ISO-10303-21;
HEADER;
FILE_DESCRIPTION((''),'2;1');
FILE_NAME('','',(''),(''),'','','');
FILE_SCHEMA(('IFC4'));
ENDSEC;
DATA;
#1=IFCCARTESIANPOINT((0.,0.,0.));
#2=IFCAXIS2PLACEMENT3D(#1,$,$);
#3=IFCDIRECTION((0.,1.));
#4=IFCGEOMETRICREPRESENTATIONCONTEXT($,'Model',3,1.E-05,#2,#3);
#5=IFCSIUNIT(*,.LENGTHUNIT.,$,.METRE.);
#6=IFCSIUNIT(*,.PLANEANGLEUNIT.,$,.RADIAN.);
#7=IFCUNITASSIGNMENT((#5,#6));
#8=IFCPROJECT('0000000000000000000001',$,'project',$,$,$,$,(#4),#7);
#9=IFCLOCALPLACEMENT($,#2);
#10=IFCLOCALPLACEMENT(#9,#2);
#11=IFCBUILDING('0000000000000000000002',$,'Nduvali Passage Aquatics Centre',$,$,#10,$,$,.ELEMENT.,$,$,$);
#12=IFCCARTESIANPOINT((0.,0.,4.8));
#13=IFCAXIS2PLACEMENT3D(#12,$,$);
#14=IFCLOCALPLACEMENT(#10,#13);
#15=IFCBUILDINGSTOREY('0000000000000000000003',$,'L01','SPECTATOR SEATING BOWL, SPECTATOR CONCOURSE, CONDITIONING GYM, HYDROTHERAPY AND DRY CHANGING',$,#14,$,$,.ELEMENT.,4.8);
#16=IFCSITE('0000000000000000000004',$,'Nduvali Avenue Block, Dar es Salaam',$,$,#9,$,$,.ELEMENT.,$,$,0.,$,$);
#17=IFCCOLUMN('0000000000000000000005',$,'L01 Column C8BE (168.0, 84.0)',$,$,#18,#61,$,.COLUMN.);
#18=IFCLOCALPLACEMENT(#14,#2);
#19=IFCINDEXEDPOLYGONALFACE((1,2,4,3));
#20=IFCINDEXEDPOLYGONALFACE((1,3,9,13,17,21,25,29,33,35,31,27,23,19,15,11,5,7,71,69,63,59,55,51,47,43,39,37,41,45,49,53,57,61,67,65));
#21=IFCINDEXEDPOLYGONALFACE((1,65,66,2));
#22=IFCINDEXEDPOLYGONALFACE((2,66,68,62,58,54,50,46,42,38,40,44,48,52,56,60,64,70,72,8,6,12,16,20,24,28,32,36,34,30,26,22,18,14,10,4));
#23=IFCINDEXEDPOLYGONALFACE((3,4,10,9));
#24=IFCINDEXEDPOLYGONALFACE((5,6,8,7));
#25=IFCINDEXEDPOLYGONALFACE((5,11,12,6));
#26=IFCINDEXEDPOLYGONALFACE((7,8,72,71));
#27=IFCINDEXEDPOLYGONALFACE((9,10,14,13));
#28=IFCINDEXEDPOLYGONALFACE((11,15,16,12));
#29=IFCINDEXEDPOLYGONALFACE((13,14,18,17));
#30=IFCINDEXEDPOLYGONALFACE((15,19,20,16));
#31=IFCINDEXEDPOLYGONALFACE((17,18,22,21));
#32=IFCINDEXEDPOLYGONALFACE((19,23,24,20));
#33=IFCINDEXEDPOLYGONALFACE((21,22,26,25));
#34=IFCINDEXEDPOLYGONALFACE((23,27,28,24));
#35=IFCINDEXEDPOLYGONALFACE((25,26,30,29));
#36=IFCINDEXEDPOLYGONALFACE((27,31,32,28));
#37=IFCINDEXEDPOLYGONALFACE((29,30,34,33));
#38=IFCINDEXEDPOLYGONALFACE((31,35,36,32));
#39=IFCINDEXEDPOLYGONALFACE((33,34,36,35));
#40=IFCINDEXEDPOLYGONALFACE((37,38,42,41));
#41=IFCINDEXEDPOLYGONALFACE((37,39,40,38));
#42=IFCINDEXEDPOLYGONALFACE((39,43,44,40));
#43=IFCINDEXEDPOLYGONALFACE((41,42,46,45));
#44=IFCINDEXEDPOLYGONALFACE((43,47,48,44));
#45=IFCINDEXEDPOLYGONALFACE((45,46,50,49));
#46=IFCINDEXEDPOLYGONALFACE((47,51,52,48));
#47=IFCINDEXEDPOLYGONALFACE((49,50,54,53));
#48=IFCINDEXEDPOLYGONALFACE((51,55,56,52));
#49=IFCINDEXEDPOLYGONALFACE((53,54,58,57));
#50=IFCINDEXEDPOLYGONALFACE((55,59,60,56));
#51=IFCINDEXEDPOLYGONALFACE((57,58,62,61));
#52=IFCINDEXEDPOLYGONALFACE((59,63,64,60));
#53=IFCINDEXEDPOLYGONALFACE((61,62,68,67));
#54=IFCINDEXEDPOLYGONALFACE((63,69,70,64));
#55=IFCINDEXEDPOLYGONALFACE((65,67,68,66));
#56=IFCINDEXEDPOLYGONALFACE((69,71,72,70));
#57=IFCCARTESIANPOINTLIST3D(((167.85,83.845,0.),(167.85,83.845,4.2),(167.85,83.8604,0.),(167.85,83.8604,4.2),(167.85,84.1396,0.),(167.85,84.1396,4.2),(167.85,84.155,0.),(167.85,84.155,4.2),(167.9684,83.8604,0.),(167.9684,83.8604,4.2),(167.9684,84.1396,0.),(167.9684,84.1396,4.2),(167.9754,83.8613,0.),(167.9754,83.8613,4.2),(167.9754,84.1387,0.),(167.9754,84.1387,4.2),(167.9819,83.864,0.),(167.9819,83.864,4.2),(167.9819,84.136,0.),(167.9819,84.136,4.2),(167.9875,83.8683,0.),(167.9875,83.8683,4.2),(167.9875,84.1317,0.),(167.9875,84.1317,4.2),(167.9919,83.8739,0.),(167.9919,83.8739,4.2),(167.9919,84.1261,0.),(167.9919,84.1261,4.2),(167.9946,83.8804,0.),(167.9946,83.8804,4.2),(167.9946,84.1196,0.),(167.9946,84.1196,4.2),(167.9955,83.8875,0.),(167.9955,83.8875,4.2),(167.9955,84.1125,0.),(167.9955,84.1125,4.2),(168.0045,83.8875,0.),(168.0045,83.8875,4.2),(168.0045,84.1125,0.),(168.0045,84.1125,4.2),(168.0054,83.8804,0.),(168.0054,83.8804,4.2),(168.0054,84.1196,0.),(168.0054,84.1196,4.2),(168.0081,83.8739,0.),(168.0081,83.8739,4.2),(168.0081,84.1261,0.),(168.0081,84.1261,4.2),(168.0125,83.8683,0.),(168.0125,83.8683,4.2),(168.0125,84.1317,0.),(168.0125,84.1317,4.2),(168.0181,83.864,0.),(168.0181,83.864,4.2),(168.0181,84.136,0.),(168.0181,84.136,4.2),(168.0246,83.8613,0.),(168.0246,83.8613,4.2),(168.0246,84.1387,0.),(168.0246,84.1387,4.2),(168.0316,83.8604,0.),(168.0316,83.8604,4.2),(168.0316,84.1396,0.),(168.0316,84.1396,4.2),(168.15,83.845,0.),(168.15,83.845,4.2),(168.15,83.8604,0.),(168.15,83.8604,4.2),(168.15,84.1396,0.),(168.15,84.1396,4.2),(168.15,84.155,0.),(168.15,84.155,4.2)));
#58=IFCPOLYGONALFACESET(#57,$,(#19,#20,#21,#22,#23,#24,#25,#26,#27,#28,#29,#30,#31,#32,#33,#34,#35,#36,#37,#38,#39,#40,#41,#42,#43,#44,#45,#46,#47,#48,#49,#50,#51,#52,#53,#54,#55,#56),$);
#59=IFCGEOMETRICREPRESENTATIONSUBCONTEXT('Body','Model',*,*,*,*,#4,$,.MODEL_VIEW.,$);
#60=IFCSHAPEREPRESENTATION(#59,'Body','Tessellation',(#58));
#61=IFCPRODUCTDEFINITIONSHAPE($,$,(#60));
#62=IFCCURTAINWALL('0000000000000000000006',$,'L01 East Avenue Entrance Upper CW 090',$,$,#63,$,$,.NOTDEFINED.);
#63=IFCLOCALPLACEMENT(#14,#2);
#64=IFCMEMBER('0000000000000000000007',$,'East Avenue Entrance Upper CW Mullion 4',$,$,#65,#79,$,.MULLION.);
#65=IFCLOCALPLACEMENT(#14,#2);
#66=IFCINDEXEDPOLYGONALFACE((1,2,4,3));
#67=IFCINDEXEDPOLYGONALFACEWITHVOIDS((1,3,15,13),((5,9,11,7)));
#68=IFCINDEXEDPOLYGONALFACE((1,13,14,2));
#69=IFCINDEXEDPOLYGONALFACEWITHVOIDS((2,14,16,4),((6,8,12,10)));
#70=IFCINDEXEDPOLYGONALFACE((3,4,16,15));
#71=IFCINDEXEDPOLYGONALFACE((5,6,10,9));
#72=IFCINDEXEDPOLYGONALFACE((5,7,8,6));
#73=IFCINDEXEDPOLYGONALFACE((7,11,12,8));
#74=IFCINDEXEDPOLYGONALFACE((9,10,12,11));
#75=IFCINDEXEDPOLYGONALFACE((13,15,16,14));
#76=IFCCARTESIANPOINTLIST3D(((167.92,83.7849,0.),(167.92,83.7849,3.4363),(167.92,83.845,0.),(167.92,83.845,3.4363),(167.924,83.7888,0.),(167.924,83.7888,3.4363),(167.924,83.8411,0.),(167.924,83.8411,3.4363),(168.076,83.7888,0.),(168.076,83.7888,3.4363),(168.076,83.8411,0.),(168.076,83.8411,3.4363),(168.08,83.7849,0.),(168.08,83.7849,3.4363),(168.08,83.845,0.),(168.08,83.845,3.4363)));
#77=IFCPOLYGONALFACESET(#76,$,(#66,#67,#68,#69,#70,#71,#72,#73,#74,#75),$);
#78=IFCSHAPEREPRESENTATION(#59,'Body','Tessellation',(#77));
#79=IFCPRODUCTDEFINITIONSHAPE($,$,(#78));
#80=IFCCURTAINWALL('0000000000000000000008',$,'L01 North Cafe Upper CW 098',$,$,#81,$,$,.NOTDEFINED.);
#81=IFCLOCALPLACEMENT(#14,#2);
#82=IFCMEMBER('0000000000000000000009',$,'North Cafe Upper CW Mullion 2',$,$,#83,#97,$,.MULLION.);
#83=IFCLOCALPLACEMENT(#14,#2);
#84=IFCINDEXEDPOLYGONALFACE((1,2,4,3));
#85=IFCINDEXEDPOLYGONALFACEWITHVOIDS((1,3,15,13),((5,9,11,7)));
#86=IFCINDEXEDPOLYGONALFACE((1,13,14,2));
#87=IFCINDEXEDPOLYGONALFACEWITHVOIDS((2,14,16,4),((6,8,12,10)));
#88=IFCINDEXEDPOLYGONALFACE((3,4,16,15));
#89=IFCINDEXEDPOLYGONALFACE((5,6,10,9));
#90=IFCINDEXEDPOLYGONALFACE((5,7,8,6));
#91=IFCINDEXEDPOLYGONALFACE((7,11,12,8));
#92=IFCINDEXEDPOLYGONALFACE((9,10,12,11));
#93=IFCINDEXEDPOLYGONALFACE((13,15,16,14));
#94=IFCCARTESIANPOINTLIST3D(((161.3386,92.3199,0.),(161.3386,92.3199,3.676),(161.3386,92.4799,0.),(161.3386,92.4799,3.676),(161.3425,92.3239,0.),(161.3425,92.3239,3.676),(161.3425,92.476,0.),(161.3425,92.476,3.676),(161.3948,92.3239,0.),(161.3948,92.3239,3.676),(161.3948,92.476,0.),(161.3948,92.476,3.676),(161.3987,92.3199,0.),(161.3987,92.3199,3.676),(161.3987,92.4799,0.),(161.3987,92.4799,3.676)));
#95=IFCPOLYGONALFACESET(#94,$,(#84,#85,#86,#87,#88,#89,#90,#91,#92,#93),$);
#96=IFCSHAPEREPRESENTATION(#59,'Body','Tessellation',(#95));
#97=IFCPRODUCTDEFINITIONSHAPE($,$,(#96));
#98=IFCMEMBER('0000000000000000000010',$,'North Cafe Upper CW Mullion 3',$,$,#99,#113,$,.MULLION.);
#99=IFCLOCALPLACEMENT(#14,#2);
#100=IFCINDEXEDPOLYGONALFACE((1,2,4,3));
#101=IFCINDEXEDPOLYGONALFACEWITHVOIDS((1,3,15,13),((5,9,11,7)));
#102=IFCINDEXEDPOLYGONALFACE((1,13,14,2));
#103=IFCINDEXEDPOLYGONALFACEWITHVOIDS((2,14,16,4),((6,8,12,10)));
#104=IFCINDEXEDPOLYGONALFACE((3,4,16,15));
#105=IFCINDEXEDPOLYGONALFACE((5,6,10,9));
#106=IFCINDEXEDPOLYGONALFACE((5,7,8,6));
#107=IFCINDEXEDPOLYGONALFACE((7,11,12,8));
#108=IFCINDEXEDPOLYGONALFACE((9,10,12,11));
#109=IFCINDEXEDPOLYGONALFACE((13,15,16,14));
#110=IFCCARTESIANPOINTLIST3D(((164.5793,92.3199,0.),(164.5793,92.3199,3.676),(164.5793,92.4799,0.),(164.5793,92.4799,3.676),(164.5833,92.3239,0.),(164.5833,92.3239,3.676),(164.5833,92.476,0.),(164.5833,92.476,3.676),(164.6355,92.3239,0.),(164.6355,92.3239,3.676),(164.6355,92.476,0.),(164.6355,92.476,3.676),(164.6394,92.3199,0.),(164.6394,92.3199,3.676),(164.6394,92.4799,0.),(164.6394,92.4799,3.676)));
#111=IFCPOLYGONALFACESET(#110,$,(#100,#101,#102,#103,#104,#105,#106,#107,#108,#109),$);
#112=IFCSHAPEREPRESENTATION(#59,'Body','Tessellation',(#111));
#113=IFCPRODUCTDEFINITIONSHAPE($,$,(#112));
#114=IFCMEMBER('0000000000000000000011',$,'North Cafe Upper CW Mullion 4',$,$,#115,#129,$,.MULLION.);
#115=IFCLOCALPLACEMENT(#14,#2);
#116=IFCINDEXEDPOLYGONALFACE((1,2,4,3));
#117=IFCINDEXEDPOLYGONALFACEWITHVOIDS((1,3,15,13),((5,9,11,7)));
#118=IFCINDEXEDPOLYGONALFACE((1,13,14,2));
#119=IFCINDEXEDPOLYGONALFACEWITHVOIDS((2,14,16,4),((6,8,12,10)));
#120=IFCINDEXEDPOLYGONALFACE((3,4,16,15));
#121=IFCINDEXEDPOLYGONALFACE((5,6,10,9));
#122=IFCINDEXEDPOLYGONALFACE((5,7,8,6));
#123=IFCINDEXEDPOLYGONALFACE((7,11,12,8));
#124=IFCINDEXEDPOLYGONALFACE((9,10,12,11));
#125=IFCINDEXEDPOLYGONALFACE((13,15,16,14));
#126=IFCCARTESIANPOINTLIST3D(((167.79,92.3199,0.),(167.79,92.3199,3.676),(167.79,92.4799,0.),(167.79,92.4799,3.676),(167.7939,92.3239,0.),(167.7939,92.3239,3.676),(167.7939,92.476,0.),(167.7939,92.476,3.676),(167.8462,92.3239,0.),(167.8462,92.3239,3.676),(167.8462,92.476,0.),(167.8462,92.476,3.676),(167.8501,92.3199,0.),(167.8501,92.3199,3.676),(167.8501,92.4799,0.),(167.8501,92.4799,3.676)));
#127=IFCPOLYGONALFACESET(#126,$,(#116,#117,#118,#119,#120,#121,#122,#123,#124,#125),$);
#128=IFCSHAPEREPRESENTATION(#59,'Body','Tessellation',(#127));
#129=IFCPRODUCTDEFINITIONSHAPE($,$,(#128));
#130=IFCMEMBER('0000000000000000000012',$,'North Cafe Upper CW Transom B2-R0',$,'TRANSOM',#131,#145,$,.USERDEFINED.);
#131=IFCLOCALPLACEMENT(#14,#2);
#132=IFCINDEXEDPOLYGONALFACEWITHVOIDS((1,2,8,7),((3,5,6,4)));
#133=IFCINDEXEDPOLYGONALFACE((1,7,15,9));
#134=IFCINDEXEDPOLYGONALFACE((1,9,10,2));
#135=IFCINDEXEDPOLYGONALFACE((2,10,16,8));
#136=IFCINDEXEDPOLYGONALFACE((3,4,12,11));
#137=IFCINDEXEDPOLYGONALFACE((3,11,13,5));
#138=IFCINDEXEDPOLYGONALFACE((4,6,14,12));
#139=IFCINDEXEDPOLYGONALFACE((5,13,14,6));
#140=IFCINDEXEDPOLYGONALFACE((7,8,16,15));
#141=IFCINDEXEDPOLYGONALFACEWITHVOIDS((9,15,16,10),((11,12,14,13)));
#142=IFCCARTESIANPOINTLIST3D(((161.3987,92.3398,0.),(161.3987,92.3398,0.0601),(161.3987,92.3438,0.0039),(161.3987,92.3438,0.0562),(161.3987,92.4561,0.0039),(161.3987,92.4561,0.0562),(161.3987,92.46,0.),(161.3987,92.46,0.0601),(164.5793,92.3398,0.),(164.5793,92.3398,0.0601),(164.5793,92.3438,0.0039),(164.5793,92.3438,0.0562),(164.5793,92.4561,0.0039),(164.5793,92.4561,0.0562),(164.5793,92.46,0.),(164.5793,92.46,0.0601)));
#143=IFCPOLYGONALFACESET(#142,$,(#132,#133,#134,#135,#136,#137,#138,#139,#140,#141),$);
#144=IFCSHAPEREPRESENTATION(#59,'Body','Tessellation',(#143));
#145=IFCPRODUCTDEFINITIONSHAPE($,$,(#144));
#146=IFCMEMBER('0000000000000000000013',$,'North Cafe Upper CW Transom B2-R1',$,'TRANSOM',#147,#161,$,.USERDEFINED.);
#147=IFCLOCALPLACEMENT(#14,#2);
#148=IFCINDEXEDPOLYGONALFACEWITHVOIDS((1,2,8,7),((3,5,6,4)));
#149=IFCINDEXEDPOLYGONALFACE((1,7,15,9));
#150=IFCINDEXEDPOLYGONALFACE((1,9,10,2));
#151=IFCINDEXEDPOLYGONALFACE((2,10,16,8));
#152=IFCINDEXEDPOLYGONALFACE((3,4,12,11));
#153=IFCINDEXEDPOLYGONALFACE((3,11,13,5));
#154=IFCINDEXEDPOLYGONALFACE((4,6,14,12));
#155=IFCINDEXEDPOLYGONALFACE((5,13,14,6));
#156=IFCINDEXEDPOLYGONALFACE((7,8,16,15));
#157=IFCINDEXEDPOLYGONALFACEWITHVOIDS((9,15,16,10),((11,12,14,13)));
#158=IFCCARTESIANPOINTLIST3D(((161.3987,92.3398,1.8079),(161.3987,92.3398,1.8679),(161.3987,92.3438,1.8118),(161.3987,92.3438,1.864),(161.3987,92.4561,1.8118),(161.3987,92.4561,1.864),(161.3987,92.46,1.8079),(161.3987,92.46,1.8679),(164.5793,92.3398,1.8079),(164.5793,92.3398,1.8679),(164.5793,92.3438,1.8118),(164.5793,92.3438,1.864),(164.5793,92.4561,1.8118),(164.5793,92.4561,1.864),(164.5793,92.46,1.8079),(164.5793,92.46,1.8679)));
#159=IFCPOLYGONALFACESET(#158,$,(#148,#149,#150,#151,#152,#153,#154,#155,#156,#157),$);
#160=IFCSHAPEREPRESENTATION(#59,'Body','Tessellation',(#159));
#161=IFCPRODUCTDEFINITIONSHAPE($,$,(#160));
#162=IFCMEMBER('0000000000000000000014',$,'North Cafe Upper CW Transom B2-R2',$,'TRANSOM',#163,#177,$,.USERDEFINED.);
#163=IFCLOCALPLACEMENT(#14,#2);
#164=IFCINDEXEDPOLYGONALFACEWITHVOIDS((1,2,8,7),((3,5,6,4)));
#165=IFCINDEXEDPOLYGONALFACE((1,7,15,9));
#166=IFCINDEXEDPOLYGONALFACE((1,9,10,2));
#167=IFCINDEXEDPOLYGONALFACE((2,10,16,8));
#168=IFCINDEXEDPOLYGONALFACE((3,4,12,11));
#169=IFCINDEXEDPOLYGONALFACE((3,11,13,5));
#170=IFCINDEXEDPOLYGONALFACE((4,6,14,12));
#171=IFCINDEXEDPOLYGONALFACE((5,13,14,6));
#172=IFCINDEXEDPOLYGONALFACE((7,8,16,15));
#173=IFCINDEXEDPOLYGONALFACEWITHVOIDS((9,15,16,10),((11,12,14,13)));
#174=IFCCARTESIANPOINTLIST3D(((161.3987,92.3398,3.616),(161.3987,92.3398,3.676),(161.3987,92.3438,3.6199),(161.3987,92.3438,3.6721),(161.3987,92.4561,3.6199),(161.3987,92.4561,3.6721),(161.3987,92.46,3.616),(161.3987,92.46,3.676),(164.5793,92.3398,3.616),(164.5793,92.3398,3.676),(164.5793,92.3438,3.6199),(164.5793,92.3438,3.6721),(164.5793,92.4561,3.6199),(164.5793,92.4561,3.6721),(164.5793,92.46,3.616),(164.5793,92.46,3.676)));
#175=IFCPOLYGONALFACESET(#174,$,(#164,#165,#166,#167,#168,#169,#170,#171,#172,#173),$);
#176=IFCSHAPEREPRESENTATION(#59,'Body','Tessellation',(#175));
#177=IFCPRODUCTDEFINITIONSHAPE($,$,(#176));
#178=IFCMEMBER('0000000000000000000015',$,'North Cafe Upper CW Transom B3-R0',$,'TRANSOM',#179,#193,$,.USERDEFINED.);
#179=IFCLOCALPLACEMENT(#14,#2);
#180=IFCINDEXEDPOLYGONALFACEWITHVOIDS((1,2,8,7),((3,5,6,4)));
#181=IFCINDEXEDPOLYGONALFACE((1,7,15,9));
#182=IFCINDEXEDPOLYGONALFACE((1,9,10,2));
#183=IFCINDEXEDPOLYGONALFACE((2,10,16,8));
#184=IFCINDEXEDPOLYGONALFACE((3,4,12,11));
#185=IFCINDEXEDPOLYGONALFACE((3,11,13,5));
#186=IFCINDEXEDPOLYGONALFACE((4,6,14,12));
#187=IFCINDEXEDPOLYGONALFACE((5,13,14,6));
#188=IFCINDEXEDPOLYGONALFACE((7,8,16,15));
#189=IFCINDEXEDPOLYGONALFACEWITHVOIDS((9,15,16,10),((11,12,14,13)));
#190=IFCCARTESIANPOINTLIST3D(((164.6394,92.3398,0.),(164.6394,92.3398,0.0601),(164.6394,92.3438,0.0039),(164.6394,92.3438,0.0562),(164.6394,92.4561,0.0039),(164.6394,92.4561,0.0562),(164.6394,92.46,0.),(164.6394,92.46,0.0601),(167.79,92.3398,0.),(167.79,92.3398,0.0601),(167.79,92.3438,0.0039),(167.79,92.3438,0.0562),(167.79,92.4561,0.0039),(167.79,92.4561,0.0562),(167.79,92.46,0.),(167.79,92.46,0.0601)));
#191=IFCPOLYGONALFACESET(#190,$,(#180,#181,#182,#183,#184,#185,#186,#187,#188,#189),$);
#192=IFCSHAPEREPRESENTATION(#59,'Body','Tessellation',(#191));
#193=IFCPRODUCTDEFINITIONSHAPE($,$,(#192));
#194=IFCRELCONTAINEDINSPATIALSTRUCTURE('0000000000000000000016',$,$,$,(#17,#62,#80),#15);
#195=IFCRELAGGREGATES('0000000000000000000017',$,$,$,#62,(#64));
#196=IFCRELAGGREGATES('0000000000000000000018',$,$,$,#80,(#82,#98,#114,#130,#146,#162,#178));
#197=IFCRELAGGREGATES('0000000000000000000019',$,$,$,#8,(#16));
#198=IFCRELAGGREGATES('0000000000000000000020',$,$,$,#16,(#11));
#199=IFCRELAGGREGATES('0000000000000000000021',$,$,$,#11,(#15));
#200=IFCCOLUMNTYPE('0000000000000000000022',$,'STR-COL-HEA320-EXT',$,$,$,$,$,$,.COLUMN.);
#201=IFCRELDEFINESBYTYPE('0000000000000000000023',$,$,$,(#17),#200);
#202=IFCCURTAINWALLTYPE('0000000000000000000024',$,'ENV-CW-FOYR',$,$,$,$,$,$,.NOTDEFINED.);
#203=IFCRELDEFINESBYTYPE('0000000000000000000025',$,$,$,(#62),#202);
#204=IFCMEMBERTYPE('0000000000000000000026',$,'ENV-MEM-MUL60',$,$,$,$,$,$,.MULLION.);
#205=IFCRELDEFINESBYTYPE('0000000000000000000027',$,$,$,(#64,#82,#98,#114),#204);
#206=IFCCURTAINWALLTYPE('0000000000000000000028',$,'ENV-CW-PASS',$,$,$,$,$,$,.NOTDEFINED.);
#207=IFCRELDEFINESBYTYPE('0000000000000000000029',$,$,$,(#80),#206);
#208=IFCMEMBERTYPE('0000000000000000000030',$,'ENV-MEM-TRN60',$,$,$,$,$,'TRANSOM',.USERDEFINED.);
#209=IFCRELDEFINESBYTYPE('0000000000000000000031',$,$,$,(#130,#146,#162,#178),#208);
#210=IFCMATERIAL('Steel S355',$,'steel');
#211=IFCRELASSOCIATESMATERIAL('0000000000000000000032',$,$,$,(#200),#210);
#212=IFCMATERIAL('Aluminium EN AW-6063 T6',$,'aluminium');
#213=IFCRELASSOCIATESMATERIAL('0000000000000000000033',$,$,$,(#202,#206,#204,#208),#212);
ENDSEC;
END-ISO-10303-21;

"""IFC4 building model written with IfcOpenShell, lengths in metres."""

from ifc_helpers import new_model, si_unit, direction, frame, origin, origin_2d, place, context, subcontext, project, spatial, hollow_rectangle, i_section, extrude, material, material_profile, profile_set, type_object, element, aggregate, save


model = new_model("IFC4")

# Units and contexts
model_context = context("Model", 3, precision=1e-05, world=origin(), true_north=direction((0.0, 1.0)))
body_context = subcontext(model_context, "Body", "Model", "MODEL_VIEW")
ifc_project = project(units=[si_unit("LENGTHUNIT", "METRE"), si_unit("PLANEANGLEUNIT", "RADIAN")], contexts=[model_context])

# Site, building, storey
site_placement = place(None, origin())
site = spatial("IfcSite", under=ifc_project, at=site_placement, Name="Nduvali Avenue Block, Dar es Salaam", CompositionType="ELEMENT", RefElevation=0.0)
building_placement = place(site_placement, origin())
building = spatial("IfcBuilding", under=site, at=building_placement, Name="Nduvali Passage Aquatics Centre", CompositionType="ELEMENT")
storey_placement = place(building_placement, frame((0.0, 0.0, 4.8)))
storey = spatial("IfcBuildingStorey", under=building, at=storey_placement, Name="L01", Description="SPECTATOR SEATING BOWL, SPECTATOR CONCOURSE, CONDITIONING GYM, HYDROTHERAPY AND DRY CHANGING", CompositionType="ELEMENT", Elevation=4.8)

# Column
ifc_material_1 = material(Name="Steel S355", Category="steel")
ifc_material_profile_1 = material_profile(ifc_material_1, i_section(OverallWidth=0.3, OverallDepth=0.3101, WebThickness=0.009, FlangeThickness=0.0154, FilletRadius=0.0271, at=origin_2d()), Name="HEA 320")
ifc_profile_set_1 = profile_set([ifc_material_profile_1], Name="Steel S355")
column_type = type_object("IfcColumnType", Name="STR-COL-HEA320-EXT", PredefinedType="COLUMN", material=ifc_profile_set_1)
column_placement = place(storey_placement, frame((168.0, 84.0, 0.0), z_axis=(0.0, 0.0, 1.0), x_axis=(1.0, 0.0, 0.0)))
element("IfcColumn", 1, at=column_placement, inside=storey, type_object=column_type, Name="L01 Column C8BE (168.0, 84.0)", PredefinedType="COLUMN", context=body_context, shape_type="SweptSolid", body=[
    extrude(i_section(OverallWidth=0.3, OverallDepth=0.3101, WebThickness=0.009, FlangeThickness=0.0154, FilletRadius=0.0271, at=origin_2d()), origin(), (0.0, 0.0, 1.0), 4.2),
])

# Curtain wall, member
ifc_material_2 = material(Name="Aluminium EN AW-6063 T6", Category="aluminium")
curtain_wall_type_1 = type_object("IfcCurtainWallType", Name="ENV-CW-FOYR", PredefinedType="NOTDEFINED", material=ifc_material_2)
curtain_wall_1_placement = place(storey_placement, origin())
curtain_wall_1 = element("IfcCurtainWall", 2, at=curtain_wall_1_placement, inside=storey, type_object=curtain_wall_type_1, Name="L01 East Avenue Entrance Upper CW 090", PredefinedType="NOTDEFINED")
ifc_material_profile_2 = material_profile(ifc_material_2, hollow_rectangle(XDim=0.0601, YDim=0.1599, WallThickness=0.0039, at=origin_2d()), Name="ALU MULLION 60x160x4")
ifc_profile_set_2 = profile_set([ifc_material_profile_2], Name="Aluminium EN AW-6063 T6")
member_type_1 = type_object("IfcMemberType", Name="ENV-MEM-MUL60", PredefinedType="MULLION", material=ifc_profile_set_2)
member_1_placement = place(storey_placement, frame((168.0, 83.8149, 0.0), z_axis=(0.0, 0.0, 1.0), x_axis=(0.0, 1.0, 0.0)))
member_1 = element("IfcMember", 3, at=member_1_placement, type_object=member_type_1, Name="East Avenue Entrance Upper CW Mullion 4", PredefinedType="MULLION", context=body_context, shape_type="SweptSolid", body=[
    extrude(hollow_rectangle(XDim=0.0601, YDim=0.1599, WallThickness=0.0039, at=origin_2d()), origin(), (0.0, 0.0, 1.0), 3.4363),
])
aggregate(curtain_wall_1, [member_1])

# Curtain wall, members
curtain_wall_type_2 = type_object("IfcCurtainWallType", Name="ENV-CW-PASS", PredefinedType="NOTDEFINED", material=ifc_material_2)
curtain_wall_2_placement = place(storey_placement, origin())
curtain_wall_2 = element("IfcCurtainWall", 4, at=curtain_wall_2_placement, inside=storey, type_object=curtain_wall_type_2, Name="L01 North Cafe Upper CW 098", PredefinedType="NOTDEFINED")
member_2_placement = place(storey_placement, frame((161.3687, 92.3999, 0.0), z_axis=(0.0, 0.0, 1.0), x_axis=(1.0, 0.0, 0.0)))
member_2 = element("IfcMember", 5, at=member_2_placement, type_object=member_type_1, Name="North Cafe Upper CW Mullion 2", PredefinedType="MULLION", context=body_context, shape_type="SweptSolid", body=[
    extrude(hollow_rectangle(XDim=0.0601, YDim=0.1599, WallThickness=0.0039, at=origin_2d()), origin(), (0.0, 0.0, 1.0), 3.676),
])
member_3_placement = place(storey_placement, frame((164.6094, 92.3999, 0.0), z_axis=(0.0, 0.0, 1.0), x_axis=(1.0, 0.0, 0.0)))
member_3 = element("IfcMember", 6, at=member_3_placement, type_object=member_type_1, Name="North Cafe Upper CW Mullion 3", PredefinedType="MULLION", context=body_context, shape_type="SweptSolid", body=[
    extrude(hollow_rectangle(XDim=0.0601, YDim=0.1599, WallThickness=0.0039, at=origin_2d()), origin(), (0.0, 0.0, 1.0), 3.676),
])
member_4_placement = place(storey_placement, frame((167.8201, 92.3999, 0.0), z_axis=(0.0, 0.0, 1.0), x_axis=(1.0, 0.0, 0.0)))
member_4 = element("IfcMember", 7, at=member_4_placement, type_object=member_type_1, Name="North Cafe Upper CW Mullion 4", PredefinedType="MULLION", context=body_context, shape_type="SweptSolid", body=[
    extrude(hollow_rectangle(XDim=0.0601, YDim=0.1599, WallThickness=0.0039, at=origin_2d()), origin(), (0.0, 0.0, 1.0), 3.676),
])
ifc_material_profile_3 = material_profile(ifc_material_2, hollow_rectangle(XDim=0.1201, YDim=0.0601, WallThickness=0.0039, at=origin_2d()), Name="ALU TRANSOM 120x60x4")
ifc_profile_set_3 = profile_set([ifc_material_profile_3], Name="Aluminium EN AW-6063 T6")
member_type_2 = type_object("IfcMemberType", Name="ENV-MEM-TRN60", ElementType="TRANSOM", PredefinedType="USERDEFINED", material=ifc_profile_set_3)
member_5_placement = place(storey_placement, frame((161.3987, 92.3999, 0.03), z_axis=(1.0, 0.0, 0.0), x_axis=(0.0, 1.0, 0.0)))
member_5 = element("IfcMember", 8, at=member_5_placement, type_object=member_type_2, Name="North Cafe Upper CW Transom B2-R0", ObjectType="TRANSOM", PredefinedType="USERDEFINED", context=body_context, shape_type="SweptSolid", body=[
    extrude(hollow_rectangle(XDim=0.1201, YDim=0.0601, WallThickness=0.0039, at=origin_2d()), origin(), (0.0, 0.0, 1.0), 3.1807),
])
member_6_placement = place(storey_placement, frame((161.3987, 92.3999, 1.8379), z_axis=(1.0, 0.0, 0.0), x_axis=(0.0, 1.0, 0.0)))
member_6 = element("IfcMember", 9, at=member_6_placement, type_object=member_type_2, Name="North Cafe Upper CW Transom B2-R1", ObjectType="TRANSOM", PredefinedType="USERDEFINED", context=body_context, shape_type="SweptSolid", body=[
    extrude(hollow_rectangle(XDim=0.1201, YDim=0.0601, WallThickness=0.0039, at=origin_2d()), origin(), (0.0, 0.0, 1.0), 3.1807),
])
member_7_placement = place(storey_placement, frame((161.3987, 92.3999, 3.646), z_axis=(1.0, 0.0, 0.0), x_axis=(0.0, 1.0, 0.0)))
member_7 = element("IfcMember", 10, at=member_7_placement, type_object=member_type_2, Name="North Cafe Upper CW Transom B2-R2", ObjectType="TRANSOM", PredefinedType="USERDEFINED", context=body_context, shape_type="SweptSolid", body=[
    extrude(hollow_rectangle(XDim=0.1201, YDim=0.0601, WallThickness=0.0039, at=origin_2d()), origin(), (0.0, 0.0, 1.0), 3.1807),
])
member_8_placement = place(storey_placement, frame((164.6394, 92.3999, 0.03), z_axis=(1.0, 0.0, 0.0), x_axis=(0.0, 1.0, 0.0)))
member_8 = element("IfcMember", 11, at=member_8_placement, type_object=member_type_2, Name="North Cafe Upper CW Transom B3-R0", ObjectType="TRANSOM", PredefinedType="USERDEFINED", context=body_context, shape_type="SweptSolid", body=[
    extrude(hollow_rectangle(XDim=0.1201, YDim=0.0601, WallThickness=0.0039, at=origin_2d()), origin(), (0.0, 0.0, 1.0), 3.1506),
])

aggregate(curtain_wall_2, [member_2, member_3, member_4, member_5, member_6, member_7, member_8])

save(model, "model.ifc")
